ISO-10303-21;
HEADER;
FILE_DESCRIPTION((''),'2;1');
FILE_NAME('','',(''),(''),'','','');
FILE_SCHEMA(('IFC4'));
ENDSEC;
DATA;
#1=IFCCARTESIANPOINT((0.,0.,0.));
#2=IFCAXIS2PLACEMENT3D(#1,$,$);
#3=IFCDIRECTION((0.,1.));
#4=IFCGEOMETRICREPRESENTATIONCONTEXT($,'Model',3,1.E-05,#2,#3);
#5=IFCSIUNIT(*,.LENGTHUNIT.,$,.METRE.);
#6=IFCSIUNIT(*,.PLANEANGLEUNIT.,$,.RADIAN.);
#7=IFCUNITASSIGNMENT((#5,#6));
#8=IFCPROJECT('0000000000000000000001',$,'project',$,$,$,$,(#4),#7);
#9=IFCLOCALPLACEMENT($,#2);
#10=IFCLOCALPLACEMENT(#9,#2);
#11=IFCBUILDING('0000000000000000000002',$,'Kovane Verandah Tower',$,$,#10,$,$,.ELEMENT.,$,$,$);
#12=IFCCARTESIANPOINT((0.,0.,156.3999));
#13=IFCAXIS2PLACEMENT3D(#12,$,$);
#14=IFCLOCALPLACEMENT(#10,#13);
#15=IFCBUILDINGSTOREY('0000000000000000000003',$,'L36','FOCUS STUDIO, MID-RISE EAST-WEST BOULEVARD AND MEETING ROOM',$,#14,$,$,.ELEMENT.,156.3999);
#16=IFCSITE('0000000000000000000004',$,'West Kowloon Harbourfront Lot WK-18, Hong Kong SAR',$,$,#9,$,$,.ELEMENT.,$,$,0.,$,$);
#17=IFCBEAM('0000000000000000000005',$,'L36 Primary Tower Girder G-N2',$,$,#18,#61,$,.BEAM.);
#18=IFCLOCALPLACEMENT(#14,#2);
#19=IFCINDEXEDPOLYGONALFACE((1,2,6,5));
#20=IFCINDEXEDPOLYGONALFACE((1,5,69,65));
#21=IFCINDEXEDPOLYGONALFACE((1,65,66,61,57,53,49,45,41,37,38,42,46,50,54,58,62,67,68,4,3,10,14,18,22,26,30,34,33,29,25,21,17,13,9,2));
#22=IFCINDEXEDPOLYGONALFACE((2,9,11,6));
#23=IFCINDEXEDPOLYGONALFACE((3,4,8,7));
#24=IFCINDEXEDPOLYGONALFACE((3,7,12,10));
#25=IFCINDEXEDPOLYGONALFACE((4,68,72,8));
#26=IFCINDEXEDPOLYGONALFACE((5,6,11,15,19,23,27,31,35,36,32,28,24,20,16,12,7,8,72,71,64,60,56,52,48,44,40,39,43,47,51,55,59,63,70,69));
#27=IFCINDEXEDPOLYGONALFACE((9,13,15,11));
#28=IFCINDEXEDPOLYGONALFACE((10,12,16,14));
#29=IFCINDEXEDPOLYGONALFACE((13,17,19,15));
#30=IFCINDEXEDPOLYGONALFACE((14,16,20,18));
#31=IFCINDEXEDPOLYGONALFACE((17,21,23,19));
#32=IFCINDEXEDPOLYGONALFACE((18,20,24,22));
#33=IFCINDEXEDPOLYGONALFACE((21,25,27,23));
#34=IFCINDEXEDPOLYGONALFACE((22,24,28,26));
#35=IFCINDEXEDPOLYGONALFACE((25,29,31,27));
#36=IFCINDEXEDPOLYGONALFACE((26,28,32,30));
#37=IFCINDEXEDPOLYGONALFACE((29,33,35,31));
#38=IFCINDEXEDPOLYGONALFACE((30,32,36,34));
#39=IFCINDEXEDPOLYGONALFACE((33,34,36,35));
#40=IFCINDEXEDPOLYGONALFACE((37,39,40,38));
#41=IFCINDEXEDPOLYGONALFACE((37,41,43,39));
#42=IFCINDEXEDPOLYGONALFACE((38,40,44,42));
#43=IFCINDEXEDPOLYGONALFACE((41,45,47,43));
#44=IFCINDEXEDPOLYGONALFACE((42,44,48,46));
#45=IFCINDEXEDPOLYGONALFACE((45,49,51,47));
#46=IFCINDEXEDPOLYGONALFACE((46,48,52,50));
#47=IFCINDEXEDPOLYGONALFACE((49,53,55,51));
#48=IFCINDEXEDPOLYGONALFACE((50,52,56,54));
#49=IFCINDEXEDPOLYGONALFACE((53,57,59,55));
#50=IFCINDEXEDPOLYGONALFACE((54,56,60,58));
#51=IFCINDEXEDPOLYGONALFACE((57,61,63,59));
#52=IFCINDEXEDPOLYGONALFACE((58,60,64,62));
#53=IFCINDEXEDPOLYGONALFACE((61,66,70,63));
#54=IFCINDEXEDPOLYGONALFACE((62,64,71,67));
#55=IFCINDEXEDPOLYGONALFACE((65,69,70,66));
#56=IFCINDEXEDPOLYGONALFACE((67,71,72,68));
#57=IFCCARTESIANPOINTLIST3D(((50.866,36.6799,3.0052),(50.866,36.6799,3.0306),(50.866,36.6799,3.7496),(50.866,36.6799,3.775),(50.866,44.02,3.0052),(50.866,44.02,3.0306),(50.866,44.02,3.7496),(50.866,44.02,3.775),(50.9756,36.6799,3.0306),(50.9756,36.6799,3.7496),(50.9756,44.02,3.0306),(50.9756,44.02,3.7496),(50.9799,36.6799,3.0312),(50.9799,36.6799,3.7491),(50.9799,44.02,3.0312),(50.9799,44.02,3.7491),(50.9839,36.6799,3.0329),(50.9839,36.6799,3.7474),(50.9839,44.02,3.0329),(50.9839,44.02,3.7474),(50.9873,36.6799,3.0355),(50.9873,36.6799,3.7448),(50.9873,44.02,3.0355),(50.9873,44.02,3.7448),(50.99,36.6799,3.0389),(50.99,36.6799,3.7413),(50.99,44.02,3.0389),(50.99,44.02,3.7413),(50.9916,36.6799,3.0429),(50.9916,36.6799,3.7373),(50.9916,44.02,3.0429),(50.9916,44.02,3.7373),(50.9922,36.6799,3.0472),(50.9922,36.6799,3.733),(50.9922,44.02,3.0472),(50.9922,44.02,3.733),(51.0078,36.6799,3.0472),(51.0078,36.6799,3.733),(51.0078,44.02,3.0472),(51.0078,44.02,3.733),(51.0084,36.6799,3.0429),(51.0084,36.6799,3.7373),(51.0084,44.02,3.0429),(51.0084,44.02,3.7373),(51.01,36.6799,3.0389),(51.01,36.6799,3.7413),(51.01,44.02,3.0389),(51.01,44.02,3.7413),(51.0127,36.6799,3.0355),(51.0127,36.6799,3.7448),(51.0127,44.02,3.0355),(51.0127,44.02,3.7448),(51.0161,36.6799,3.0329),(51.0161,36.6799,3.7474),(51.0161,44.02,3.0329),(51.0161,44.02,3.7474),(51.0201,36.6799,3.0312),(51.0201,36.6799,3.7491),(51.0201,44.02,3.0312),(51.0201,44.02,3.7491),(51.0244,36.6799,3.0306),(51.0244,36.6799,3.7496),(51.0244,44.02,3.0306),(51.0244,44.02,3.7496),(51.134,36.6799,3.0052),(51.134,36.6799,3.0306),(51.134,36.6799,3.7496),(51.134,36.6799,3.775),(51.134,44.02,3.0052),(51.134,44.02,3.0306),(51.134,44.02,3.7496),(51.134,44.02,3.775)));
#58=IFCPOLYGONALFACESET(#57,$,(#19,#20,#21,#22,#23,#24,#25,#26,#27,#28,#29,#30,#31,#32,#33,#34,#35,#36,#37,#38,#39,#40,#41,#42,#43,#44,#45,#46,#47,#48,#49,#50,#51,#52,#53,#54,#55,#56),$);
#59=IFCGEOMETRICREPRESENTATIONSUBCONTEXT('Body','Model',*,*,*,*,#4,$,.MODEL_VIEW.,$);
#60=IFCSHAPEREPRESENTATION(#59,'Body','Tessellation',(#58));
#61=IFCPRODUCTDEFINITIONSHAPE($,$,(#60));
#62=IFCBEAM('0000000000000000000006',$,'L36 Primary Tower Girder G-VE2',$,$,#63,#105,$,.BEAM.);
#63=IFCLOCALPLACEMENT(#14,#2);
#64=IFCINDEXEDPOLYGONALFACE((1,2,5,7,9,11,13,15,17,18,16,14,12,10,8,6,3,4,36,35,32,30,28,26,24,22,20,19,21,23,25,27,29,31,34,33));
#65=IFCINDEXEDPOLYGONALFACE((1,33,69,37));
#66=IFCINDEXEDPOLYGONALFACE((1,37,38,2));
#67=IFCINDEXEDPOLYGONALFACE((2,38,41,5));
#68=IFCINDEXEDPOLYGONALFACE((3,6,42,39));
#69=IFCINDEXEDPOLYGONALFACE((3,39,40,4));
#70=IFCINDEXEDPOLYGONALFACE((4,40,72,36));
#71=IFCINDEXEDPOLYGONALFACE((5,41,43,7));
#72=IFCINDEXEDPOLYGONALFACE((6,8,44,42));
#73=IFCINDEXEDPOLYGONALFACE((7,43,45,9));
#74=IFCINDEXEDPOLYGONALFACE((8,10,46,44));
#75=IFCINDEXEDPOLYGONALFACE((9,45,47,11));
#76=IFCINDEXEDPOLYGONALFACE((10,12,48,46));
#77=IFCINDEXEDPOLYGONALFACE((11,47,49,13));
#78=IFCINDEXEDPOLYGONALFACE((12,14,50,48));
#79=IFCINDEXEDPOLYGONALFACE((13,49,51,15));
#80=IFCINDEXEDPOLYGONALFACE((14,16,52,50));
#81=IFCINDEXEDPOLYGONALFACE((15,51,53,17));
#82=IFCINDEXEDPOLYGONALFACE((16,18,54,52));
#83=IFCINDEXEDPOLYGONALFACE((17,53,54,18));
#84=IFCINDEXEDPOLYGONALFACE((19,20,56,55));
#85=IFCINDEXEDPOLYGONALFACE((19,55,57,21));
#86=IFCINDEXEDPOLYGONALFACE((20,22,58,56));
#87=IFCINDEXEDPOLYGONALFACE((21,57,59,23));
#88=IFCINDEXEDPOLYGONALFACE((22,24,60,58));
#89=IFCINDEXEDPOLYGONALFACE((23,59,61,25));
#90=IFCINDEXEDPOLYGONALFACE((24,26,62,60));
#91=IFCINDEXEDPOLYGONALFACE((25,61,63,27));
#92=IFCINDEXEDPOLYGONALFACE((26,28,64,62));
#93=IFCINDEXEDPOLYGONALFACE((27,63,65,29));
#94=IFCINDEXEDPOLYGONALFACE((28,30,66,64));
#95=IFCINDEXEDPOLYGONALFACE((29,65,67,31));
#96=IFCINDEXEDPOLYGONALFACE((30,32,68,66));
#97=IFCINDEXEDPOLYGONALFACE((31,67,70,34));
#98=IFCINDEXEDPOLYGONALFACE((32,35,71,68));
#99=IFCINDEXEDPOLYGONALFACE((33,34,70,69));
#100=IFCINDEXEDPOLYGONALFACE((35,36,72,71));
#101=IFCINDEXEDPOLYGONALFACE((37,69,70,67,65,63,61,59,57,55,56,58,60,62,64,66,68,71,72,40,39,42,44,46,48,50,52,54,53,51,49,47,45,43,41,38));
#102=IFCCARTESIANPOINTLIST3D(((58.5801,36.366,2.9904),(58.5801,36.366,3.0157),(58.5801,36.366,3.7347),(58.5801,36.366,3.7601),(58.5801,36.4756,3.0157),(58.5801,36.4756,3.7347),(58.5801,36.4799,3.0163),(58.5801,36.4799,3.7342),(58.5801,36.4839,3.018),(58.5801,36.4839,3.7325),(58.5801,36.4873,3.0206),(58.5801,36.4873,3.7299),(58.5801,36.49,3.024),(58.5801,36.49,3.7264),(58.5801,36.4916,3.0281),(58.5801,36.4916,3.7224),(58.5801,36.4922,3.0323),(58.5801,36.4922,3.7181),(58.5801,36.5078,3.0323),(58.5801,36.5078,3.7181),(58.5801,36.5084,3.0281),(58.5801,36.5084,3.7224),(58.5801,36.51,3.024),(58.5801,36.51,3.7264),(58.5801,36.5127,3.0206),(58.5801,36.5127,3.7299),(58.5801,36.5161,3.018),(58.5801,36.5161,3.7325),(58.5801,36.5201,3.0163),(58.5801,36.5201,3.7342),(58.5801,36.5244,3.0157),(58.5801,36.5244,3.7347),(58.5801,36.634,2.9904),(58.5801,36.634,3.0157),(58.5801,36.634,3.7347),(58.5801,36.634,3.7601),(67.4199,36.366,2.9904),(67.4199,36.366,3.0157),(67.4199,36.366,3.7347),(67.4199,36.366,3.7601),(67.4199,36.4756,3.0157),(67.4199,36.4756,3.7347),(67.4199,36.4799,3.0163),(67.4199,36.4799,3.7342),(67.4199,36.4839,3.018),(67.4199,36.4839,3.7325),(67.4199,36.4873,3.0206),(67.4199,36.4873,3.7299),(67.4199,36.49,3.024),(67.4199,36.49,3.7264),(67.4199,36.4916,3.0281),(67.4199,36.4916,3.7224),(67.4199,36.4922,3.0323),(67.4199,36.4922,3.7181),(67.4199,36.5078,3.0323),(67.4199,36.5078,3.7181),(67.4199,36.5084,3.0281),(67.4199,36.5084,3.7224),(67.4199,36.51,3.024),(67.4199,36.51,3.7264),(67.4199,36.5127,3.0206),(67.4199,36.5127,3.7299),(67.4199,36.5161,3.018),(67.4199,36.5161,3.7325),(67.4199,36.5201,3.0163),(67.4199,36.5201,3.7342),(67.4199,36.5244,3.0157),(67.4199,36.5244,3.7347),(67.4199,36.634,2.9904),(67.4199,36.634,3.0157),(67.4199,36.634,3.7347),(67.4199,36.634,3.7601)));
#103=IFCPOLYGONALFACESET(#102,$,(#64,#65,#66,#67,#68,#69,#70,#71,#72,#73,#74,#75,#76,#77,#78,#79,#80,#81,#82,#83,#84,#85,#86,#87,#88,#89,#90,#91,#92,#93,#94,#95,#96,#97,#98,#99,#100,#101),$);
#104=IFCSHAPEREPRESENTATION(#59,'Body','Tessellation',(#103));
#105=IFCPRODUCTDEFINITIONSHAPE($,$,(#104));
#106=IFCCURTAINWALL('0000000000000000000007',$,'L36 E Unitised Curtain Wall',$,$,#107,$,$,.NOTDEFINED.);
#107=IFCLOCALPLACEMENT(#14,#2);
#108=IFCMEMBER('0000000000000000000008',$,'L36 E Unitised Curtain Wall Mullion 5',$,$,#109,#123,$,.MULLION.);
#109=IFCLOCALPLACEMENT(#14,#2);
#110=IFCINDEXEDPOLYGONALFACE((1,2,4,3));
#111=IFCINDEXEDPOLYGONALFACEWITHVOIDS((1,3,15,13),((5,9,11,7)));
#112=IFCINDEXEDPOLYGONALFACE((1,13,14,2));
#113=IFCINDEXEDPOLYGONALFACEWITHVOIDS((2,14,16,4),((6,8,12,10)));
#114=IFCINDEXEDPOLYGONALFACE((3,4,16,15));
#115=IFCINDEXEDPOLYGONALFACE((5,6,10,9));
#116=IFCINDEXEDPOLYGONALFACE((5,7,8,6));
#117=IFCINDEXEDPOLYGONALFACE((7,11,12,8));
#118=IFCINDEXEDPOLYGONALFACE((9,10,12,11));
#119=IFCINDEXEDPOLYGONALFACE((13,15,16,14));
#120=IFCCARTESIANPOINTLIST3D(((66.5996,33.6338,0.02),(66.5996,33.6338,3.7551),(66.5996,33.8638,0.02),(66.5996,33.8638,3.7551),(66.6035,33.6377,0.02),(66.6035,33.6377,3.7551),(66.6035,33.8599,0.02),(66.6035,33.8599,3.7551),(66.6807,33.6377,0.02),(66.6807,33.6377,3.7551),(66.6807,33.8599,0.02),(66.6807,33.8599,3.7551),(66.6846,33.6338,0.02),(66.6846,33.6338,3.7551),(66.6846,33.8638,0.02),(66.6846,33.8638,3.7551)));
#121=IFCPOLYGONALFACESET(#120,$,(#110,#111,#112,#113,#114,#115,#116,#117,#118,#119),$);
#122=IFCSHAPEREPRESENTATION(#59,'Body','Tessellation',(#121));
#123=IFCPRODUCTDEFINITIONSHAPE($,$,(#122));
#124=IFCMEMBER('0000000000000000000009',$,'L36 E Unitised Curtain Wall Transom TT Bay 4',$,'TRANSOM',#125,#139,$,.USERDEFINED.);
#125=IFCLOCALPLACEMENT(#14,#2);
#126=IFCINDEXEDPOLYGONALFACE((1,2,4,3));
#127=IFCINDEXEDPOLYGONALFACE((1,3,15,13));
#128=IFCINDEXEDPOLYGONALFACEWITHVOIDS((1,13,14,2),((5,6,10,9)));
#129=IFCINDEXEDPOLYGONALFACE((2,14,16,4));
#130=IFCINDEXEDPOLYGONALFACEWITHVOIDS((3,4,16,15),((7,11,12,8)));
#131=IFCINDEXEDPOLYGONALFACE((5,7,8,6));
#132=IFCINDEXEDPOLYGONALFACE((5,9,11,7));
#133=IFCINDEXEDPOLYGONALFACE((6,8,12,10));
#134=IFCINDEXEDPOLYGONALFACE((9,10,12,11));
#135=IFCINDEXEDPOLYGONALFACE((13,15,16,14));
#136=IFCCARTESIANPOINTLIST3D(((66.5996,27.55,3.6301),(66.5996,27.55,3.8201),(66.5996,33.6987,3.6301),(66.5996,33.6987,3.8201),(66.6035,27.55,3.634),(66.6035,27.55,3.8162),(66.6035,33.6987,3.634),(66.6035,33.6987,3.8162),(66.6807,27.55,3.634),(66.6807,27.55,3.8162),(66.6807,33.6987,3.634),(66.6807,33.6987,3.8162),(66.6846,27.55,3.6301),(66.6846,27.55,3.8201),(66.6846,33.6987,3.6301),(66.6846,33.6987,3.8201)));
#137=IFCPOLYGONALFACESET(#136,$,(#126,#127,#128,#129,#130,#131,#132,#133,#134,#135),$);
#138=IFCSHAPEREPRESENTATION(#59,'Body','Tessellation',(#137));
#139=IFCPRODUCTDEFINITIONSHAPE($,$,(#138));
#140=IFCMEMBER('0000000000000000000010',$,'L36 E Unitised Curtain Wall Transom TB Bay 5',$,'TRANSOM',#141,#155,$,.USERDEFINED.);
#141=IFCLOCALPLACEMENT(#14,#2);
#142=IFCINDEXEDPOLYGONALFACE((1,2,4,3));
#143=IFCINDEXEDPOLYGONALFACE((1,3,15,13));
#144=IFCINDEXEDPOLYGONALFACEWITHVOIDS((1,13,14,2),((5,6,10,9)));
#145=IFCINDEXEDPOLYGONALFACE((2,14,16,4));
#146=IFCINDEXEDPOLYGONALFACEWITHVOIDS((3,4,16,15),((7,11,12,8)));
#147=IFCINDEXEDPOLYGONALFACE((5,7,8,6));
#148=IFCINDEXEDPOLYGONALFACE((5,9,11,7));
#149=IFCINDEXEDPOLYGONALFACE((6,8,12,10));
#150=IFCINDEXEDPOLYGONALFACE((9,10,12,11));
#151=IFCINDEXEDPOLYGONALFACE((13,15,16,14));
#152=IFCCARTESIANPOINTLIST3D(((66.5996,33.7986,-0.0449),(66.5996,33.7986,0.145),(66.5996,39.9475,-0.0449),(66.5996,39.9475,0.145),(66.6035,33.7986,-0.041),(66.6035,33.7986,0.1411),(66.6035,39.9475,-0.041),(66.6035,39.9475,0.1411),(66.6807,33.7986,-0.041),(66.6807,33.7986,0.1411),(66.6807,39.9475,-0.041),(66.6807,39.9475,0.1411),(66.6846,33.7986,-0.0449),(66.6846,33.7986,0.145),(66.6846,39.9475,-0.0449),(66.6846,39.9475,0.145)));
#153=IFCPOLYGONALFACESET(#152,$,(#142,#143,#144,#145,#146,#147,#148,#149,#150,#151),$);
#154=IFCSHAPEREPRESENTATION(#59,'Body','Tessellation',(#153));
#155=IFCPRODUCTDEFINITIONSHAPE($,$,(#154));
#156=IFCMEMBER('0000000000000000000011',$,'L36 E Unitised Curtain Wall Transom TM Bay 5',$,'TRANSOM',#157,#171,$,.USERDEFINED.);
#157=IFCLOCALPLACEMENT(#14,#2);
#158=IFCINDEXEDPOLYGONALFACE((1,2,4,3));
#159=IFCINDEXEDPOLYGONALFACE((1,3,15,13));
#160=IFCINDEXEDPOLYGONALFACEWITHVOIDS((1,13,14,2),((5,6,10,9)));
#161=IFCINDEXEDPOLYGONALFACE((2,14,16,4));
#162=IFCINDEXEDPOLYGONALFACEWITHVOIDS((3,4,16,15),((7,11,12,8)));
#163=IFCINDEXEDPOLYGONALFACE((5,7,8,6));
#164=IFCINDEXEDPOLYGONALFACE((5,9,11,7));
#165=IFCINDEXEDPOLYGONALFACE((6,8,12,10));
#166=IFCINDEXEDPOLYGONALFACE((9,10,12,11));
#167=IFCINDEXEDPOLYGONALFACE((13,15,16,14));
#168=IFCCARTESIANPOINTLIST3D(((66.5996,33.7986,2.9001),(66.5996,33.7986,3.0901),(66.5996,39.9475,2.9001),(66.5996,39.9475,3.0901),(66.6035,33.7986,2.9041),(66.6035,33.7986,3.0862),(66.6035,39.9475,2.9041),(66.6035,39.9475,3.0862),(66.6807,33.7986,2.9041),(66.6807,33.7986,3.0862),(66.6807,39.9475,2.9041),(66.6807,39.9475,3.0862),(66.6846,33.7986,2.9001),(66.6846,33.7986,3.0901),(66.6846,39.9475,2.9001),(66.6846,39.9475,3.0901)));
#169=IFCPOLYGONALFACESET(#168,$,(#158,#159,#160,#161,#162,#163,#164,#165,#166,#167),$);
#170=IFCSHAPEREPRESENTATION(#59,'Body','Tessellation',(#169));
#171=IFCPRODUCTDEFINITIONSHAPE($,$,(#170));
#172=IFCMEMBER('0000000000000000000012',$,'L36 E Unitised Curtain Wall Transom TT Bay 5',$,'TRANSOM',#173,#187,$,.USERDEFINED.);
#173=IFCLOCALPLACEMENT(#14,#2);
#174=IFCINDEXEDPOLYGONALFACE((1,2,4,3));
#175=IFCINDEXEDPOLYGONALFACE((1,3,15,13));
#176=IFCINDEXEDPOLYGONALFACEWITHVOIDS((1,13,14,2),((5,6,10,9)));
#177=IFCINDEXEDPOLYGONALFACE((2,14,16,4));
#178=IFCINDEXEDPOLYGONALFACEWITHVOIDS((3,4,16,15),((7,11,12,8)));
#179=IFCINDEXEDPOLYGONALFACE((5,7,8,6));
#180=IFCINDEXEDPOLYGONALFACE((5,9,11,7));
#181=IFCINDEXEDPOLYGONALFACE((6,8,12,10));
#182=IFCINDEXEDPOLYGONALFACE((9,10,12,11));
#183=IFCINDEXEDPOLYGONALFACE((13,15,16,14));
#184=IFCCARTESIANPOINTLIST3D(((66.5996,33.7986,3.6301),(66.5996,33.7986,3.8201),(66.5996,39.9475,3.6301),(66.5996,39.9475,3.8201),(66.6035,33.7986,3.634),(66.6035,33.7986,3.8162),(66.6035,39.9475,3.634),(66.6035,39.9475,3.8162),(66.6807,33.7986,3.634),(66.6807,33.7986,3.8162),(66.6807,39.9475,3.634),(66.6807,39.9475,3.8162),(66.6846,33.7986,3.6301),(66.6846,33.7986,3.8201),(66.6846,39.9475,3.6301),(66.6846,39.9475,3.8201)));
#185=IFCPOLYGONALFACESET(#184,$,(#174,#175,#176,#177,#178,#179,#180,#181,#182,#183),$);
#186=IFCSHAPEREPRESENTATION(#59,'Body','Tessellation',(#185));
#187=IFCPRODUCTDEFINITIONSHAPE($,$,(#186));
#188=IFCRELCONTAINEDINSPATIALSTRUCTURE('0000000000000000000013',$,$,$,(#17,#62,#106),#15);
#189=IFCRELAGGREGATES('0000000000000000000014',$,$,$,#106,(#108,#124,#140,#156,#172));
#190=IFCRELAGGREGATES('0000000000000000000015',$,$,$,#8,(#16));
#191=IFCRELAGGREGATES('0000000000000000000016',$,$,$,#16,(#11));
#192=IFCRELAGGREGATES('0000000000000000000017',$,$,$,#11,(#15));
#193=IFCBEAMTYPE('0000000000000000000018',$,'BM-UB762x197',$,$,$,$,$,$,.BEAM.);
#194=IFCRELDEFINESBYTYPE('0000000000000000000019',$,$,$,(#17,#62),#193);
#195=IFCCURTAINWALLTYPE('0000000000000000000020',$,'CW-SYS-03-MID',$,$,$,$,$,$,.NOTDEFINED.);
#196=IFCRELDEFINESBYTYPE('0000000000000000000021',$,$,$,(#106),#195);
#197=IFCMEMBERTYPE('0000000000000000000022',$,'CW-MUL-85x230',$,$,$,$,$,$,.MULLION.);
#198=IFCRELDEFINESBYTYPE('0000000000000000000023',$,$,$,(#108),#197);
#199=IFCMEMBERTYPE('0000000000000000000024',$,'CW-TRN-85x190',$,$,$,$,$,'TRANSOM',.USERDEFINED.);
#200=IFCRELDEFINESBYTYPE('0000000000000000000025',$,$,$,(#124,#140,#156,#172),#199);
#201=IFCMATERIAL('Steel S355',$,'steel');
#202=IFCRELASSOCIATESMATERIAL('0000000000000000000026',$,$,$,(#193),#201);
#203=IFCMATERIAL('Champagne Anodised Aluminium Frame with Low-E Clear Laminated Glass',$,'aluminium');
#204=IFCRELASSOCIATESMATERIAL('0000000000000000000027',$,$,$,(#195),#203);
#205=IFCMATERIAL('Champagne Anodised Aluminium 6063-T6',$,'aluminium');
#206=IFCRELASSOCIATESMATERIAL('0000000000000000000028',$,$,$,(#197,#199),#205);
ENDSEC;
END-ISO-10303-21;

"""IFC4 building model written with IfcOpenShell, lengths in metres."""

from ifc_helpers import new_model, si_unit, direction, frame, origin, origin_2d, place, context, subcontext, project, spatial, hollow_rectangle, i_section, extrude, material, material_profile, profile_set, type_object, element, aggregate, save


model = new_model("IFC4")

# Units and contexts
model_context = context("Model", 3, precision=1e-05, world=origin(), true_north=direction((0.0, 1.0)))
body_context = subcontext(model_context, "Body", "Model", "MODEL_VIEW")
ifc_project = project(units=[si_unit("LENGTHUNIT", "METRE"), si_unit("PLANEANGLEUNIT", "RADIAN")], contexts=[model_context])

# Site, building, storey
site_placement = place(None, origin())
site = spatial("IfcSite", under=ifc_project, at=site_placement, Name="West Kowloon Harbourfront Lot WK-18, Hong Kong SAR", CompositionType="ELEMENT", RefElevation=0.0)
building_placement = place(site_placement, origin())
building = spatial("IfcBuilding", under=site, at=building_placement, Name="Kovane Verandah Tower", CompositionType="ELEMENT")
storey_placement = place(building_placement, frame((0.0, 0.0, 156.3999)))
storey = spatial("IfcBuildingStorey", under=building, at=storey_placement, Name="L36", Description="FOCUS STUDIO, MID-RISE EAST-WEST BOULEVARD AND MEETING ROOM", CompositionType="ELEMENT", Elevation=156.3999)

# Beams
ifc_material_1 = material(Name="Steel S355", Category="steel")
ifc_material_profile_1 = material_profile(ifc_material_1, i_section(OverallWidth=0.2681, OverallDepth=0.7698, WebThickness=0.0156, FlangeThickness=0.0254, FilletRadius=0.0166, at=origin_2d()), Name="UB762x267x197")
ifc_profile_set_1 = profile_set([ifc_material_profile_1], Name="Steel S355")
beam_type_1 = type_object("IfcBeamType", Name="BM-UB762x197", PredefinedType="BEAM", material=ifc_profile_set_1)
beam_1_placement = place(storey_placement, frame((51.0, 36.6799, 3.3901), z_axis=(0.0, 1.0, 0.0), x_axis=(-1.0, 0.0, 0.0)))
element("IfcBeam", 1, at=beam_1_placement, inside=storey, type_object=beam_type_1, Name="L36 Primary Tower Girder G-N2", PredefinedType="BEAM", context=body_context, shape_type="SweptSolid", body=[
    extrude(i_section(OverallWidth=0.2681, OverallDepth=0.7698, WebThickness=0.0156, FlangeThickness=0.0254, FilletRadius=0.0166, at=origin_2d()), origin(), (0.0, 0.0, 1.0), 7.3401),
])
beam_2_placement = place(storey_placement, frame((58.5801, 36.5, 3.3752), z_axis=(1.0, 0.0, 0.0), x_axis=(0.0, 1.0, 0.0)))
element("IfcBeam", 2, at=beam_2_placement, inside=storey, type_object=beam_type_1, Name="L36 Primary Tower Girder G-VE2", PredefinedType="BEAM", context=body_context, shape_type="SweptSolid", body=[
    extrude(i_section(OverallWidth=0.2681, OverallDepth=0.7698, WebThickness=0.0156, FlangeThickness=0.0254, FilletRadius=0.0166, at=origin_2d()), origin(), (0.0, 0.0, 1.0), 8.8398),
])

# Curtain wall, members
ifc_material_2 = material(Name="Champagne Anodised Aluminium Frame with Low-E Clear Laminated Glass", Category="aluminium")
curtain_wall_type = type_object("IfcCurtainWallType", Name="CW-SYS-03-MID", PredefinedType="NOTDEFINED", material=ifc_material_2)
curtain_wall_placement = place(storey_placement, origin())
curtain_wall = element("IfcCurtainWall", 3, at=curtain_wall_placement, inside=storey, type_object=curtain_wall_type, Name="L36 E Unitised Curtain Wall", PredefinedType="NOTDEFINED")
ifc_material_3 = material(Name="Champagne Anodised Aluminium 6063-T6", Category="aluminium")
ifc_material_profile_2 = material_profile(ifc_material_3, hollow_rectangle(XDim=0.085, YDim=0.23, WallThickness=0.0039, at=origin_2d()), Name="AL85x230x4")
ifc_profile_set_2 = profile_set([ifc_material_profile_2], Name="Champagne Anodised Aluminium 6063-T6")
member_type_1 = type_object("IfcMemberType", Name="CW-MUL-85x230", PredefinedType="MULLION", material=ifc_profile_set_2)
member_1_placement = place(storey_placement, frame((66.6421, 33.7488, 0.02), z_axis=(0.0, 0.0, 1.0), x_axis=(1.0, 0.0, 0.0)))
member_1 = element("IfcMember", 4, at=member_1_placement, type_object=member_type_1, Name="L36 E Unitised Curtain Wall Mullion 5", PredefinedType="MULLION", context=body_context, shape_type="SweptSolid", body=[
    extrude(hollow_rectangle(XDim=0.085, YDim=0.23, WallThickness=0.0039, at=origin_2d()), origin(), (0.0, 0.0, 1.0), 3.7351),
])
ifc_material_profile_3 = material_profile(ifc_material_3, hollow_rectangle(XDim=0.085, YDim=0.1899, WallThickness=0.0039, at=origin_2d()), Name="AL85x190x4")
ifc_profile_set_3 = profile_set([ifc_material_profile_3], Name="Champagne Anodised Aluminium 6063-T6")
member_type_2 = type_object("IfcMemberType", Name="CW-TRN-85x190", ElementType="TRANSOM", PredefinedType="USERDEFINED", material=ifc_profile_set_3)
member_2_placement = place(storey_placement, frame((66.6421, 27.55, 3.7251), z_axis=(0.0, 1.0, 0.0), x_axis=(-1.0, 0.0, 0.0)))
member_2 = element("IfcMember", 5, at=member_2_placement, type_object=member_type_2, Name="L36 E Unitised Curtain Wall Transom TT Bay 4", ObjectType="TRANSOM", PredefinedType="USERDEFINED", context=body_context, shape_type="SweptSolid", body=[
    extrude(hollow_rectangle(XDim=0.085, YDim=0.1899, WallThickness=0.0039, at=origin_2d()), origin(), (0.0, 0.0, 1.0), 6.1487),
])
member_3_placement = place(storey_placement, frame((66.6421, 33.7986, 0.05), z_axis=(0.0, 1.0, 0.0), x_axis=(-1.0, 0.0, 0.0)))
member_3 = element("IfcMember", 6, at=member_3_placement, type_object=member_type_2, Name="L36 E Unitised Curtain Wall Transom TB Bay 5", ObjectType="TRANSOM", PredefinedType="USERDEFINED", context=body_context, shape_type="SweptSolid", body=[
    extrude(hollow_rectangle(XDim=0.085, YDim=0.1899, WallThickness=0.0039, at=origin_2d()), origin(), (0.0, 0.0, 1.0), 6.1489),
])
member_4_placement = place(storey_placement, frame((66.6421, 33.7986, 2.9951), z_axis=(0.0, 1.0, 0.0), x_axis=(-1.0, 0.0, 0.0)))
member_4 = element("IfcMember", 7, at=member_4_placement, type_object=member_type_2, Name="L36 E Unitised Curtain Wall Transom TM Bay 5", ObjectType="TRANSOM", PredefinedType="USERDEFINED", context=body_context, shape_type="SweptSolid", body=[
    extrude(hollow_rectangle(XDim=0.085, YDim=0.1899, WallThickness=0.0039, at=origin_2d()), origin(), (0.0, 0.0, 1.0), 6.1489),
])
member_5_placement = place(storey_placement, frame((66.6421, 33.7986, 3.7251), z_axis=(0.0, 1.0, 0.0), x_axis=(-1.0, 0.0, 0.0)))
member_5 = element("IfcMember", 8, at=member_5_placement, type_object=member_type_2, Name="L36 E Unitised Curtain Wall Transom TT Bay 5", ObjectType="TRANSOM", PredefinedType="USERDEFINED", context=body_context, shape_type="SweptSolid", body=[
    extrude(hollow_rectangle(XDim=0.085, YDim=0.1899, WallThickness=0.0039, at=origin_2d()), origin(), (0.0, 0.0, 1.0), 6.1489),
])

aggregate(curtain_wall, [member_1, member_2, member_3, member_4, member_5])

save(model, "model.ifc")
